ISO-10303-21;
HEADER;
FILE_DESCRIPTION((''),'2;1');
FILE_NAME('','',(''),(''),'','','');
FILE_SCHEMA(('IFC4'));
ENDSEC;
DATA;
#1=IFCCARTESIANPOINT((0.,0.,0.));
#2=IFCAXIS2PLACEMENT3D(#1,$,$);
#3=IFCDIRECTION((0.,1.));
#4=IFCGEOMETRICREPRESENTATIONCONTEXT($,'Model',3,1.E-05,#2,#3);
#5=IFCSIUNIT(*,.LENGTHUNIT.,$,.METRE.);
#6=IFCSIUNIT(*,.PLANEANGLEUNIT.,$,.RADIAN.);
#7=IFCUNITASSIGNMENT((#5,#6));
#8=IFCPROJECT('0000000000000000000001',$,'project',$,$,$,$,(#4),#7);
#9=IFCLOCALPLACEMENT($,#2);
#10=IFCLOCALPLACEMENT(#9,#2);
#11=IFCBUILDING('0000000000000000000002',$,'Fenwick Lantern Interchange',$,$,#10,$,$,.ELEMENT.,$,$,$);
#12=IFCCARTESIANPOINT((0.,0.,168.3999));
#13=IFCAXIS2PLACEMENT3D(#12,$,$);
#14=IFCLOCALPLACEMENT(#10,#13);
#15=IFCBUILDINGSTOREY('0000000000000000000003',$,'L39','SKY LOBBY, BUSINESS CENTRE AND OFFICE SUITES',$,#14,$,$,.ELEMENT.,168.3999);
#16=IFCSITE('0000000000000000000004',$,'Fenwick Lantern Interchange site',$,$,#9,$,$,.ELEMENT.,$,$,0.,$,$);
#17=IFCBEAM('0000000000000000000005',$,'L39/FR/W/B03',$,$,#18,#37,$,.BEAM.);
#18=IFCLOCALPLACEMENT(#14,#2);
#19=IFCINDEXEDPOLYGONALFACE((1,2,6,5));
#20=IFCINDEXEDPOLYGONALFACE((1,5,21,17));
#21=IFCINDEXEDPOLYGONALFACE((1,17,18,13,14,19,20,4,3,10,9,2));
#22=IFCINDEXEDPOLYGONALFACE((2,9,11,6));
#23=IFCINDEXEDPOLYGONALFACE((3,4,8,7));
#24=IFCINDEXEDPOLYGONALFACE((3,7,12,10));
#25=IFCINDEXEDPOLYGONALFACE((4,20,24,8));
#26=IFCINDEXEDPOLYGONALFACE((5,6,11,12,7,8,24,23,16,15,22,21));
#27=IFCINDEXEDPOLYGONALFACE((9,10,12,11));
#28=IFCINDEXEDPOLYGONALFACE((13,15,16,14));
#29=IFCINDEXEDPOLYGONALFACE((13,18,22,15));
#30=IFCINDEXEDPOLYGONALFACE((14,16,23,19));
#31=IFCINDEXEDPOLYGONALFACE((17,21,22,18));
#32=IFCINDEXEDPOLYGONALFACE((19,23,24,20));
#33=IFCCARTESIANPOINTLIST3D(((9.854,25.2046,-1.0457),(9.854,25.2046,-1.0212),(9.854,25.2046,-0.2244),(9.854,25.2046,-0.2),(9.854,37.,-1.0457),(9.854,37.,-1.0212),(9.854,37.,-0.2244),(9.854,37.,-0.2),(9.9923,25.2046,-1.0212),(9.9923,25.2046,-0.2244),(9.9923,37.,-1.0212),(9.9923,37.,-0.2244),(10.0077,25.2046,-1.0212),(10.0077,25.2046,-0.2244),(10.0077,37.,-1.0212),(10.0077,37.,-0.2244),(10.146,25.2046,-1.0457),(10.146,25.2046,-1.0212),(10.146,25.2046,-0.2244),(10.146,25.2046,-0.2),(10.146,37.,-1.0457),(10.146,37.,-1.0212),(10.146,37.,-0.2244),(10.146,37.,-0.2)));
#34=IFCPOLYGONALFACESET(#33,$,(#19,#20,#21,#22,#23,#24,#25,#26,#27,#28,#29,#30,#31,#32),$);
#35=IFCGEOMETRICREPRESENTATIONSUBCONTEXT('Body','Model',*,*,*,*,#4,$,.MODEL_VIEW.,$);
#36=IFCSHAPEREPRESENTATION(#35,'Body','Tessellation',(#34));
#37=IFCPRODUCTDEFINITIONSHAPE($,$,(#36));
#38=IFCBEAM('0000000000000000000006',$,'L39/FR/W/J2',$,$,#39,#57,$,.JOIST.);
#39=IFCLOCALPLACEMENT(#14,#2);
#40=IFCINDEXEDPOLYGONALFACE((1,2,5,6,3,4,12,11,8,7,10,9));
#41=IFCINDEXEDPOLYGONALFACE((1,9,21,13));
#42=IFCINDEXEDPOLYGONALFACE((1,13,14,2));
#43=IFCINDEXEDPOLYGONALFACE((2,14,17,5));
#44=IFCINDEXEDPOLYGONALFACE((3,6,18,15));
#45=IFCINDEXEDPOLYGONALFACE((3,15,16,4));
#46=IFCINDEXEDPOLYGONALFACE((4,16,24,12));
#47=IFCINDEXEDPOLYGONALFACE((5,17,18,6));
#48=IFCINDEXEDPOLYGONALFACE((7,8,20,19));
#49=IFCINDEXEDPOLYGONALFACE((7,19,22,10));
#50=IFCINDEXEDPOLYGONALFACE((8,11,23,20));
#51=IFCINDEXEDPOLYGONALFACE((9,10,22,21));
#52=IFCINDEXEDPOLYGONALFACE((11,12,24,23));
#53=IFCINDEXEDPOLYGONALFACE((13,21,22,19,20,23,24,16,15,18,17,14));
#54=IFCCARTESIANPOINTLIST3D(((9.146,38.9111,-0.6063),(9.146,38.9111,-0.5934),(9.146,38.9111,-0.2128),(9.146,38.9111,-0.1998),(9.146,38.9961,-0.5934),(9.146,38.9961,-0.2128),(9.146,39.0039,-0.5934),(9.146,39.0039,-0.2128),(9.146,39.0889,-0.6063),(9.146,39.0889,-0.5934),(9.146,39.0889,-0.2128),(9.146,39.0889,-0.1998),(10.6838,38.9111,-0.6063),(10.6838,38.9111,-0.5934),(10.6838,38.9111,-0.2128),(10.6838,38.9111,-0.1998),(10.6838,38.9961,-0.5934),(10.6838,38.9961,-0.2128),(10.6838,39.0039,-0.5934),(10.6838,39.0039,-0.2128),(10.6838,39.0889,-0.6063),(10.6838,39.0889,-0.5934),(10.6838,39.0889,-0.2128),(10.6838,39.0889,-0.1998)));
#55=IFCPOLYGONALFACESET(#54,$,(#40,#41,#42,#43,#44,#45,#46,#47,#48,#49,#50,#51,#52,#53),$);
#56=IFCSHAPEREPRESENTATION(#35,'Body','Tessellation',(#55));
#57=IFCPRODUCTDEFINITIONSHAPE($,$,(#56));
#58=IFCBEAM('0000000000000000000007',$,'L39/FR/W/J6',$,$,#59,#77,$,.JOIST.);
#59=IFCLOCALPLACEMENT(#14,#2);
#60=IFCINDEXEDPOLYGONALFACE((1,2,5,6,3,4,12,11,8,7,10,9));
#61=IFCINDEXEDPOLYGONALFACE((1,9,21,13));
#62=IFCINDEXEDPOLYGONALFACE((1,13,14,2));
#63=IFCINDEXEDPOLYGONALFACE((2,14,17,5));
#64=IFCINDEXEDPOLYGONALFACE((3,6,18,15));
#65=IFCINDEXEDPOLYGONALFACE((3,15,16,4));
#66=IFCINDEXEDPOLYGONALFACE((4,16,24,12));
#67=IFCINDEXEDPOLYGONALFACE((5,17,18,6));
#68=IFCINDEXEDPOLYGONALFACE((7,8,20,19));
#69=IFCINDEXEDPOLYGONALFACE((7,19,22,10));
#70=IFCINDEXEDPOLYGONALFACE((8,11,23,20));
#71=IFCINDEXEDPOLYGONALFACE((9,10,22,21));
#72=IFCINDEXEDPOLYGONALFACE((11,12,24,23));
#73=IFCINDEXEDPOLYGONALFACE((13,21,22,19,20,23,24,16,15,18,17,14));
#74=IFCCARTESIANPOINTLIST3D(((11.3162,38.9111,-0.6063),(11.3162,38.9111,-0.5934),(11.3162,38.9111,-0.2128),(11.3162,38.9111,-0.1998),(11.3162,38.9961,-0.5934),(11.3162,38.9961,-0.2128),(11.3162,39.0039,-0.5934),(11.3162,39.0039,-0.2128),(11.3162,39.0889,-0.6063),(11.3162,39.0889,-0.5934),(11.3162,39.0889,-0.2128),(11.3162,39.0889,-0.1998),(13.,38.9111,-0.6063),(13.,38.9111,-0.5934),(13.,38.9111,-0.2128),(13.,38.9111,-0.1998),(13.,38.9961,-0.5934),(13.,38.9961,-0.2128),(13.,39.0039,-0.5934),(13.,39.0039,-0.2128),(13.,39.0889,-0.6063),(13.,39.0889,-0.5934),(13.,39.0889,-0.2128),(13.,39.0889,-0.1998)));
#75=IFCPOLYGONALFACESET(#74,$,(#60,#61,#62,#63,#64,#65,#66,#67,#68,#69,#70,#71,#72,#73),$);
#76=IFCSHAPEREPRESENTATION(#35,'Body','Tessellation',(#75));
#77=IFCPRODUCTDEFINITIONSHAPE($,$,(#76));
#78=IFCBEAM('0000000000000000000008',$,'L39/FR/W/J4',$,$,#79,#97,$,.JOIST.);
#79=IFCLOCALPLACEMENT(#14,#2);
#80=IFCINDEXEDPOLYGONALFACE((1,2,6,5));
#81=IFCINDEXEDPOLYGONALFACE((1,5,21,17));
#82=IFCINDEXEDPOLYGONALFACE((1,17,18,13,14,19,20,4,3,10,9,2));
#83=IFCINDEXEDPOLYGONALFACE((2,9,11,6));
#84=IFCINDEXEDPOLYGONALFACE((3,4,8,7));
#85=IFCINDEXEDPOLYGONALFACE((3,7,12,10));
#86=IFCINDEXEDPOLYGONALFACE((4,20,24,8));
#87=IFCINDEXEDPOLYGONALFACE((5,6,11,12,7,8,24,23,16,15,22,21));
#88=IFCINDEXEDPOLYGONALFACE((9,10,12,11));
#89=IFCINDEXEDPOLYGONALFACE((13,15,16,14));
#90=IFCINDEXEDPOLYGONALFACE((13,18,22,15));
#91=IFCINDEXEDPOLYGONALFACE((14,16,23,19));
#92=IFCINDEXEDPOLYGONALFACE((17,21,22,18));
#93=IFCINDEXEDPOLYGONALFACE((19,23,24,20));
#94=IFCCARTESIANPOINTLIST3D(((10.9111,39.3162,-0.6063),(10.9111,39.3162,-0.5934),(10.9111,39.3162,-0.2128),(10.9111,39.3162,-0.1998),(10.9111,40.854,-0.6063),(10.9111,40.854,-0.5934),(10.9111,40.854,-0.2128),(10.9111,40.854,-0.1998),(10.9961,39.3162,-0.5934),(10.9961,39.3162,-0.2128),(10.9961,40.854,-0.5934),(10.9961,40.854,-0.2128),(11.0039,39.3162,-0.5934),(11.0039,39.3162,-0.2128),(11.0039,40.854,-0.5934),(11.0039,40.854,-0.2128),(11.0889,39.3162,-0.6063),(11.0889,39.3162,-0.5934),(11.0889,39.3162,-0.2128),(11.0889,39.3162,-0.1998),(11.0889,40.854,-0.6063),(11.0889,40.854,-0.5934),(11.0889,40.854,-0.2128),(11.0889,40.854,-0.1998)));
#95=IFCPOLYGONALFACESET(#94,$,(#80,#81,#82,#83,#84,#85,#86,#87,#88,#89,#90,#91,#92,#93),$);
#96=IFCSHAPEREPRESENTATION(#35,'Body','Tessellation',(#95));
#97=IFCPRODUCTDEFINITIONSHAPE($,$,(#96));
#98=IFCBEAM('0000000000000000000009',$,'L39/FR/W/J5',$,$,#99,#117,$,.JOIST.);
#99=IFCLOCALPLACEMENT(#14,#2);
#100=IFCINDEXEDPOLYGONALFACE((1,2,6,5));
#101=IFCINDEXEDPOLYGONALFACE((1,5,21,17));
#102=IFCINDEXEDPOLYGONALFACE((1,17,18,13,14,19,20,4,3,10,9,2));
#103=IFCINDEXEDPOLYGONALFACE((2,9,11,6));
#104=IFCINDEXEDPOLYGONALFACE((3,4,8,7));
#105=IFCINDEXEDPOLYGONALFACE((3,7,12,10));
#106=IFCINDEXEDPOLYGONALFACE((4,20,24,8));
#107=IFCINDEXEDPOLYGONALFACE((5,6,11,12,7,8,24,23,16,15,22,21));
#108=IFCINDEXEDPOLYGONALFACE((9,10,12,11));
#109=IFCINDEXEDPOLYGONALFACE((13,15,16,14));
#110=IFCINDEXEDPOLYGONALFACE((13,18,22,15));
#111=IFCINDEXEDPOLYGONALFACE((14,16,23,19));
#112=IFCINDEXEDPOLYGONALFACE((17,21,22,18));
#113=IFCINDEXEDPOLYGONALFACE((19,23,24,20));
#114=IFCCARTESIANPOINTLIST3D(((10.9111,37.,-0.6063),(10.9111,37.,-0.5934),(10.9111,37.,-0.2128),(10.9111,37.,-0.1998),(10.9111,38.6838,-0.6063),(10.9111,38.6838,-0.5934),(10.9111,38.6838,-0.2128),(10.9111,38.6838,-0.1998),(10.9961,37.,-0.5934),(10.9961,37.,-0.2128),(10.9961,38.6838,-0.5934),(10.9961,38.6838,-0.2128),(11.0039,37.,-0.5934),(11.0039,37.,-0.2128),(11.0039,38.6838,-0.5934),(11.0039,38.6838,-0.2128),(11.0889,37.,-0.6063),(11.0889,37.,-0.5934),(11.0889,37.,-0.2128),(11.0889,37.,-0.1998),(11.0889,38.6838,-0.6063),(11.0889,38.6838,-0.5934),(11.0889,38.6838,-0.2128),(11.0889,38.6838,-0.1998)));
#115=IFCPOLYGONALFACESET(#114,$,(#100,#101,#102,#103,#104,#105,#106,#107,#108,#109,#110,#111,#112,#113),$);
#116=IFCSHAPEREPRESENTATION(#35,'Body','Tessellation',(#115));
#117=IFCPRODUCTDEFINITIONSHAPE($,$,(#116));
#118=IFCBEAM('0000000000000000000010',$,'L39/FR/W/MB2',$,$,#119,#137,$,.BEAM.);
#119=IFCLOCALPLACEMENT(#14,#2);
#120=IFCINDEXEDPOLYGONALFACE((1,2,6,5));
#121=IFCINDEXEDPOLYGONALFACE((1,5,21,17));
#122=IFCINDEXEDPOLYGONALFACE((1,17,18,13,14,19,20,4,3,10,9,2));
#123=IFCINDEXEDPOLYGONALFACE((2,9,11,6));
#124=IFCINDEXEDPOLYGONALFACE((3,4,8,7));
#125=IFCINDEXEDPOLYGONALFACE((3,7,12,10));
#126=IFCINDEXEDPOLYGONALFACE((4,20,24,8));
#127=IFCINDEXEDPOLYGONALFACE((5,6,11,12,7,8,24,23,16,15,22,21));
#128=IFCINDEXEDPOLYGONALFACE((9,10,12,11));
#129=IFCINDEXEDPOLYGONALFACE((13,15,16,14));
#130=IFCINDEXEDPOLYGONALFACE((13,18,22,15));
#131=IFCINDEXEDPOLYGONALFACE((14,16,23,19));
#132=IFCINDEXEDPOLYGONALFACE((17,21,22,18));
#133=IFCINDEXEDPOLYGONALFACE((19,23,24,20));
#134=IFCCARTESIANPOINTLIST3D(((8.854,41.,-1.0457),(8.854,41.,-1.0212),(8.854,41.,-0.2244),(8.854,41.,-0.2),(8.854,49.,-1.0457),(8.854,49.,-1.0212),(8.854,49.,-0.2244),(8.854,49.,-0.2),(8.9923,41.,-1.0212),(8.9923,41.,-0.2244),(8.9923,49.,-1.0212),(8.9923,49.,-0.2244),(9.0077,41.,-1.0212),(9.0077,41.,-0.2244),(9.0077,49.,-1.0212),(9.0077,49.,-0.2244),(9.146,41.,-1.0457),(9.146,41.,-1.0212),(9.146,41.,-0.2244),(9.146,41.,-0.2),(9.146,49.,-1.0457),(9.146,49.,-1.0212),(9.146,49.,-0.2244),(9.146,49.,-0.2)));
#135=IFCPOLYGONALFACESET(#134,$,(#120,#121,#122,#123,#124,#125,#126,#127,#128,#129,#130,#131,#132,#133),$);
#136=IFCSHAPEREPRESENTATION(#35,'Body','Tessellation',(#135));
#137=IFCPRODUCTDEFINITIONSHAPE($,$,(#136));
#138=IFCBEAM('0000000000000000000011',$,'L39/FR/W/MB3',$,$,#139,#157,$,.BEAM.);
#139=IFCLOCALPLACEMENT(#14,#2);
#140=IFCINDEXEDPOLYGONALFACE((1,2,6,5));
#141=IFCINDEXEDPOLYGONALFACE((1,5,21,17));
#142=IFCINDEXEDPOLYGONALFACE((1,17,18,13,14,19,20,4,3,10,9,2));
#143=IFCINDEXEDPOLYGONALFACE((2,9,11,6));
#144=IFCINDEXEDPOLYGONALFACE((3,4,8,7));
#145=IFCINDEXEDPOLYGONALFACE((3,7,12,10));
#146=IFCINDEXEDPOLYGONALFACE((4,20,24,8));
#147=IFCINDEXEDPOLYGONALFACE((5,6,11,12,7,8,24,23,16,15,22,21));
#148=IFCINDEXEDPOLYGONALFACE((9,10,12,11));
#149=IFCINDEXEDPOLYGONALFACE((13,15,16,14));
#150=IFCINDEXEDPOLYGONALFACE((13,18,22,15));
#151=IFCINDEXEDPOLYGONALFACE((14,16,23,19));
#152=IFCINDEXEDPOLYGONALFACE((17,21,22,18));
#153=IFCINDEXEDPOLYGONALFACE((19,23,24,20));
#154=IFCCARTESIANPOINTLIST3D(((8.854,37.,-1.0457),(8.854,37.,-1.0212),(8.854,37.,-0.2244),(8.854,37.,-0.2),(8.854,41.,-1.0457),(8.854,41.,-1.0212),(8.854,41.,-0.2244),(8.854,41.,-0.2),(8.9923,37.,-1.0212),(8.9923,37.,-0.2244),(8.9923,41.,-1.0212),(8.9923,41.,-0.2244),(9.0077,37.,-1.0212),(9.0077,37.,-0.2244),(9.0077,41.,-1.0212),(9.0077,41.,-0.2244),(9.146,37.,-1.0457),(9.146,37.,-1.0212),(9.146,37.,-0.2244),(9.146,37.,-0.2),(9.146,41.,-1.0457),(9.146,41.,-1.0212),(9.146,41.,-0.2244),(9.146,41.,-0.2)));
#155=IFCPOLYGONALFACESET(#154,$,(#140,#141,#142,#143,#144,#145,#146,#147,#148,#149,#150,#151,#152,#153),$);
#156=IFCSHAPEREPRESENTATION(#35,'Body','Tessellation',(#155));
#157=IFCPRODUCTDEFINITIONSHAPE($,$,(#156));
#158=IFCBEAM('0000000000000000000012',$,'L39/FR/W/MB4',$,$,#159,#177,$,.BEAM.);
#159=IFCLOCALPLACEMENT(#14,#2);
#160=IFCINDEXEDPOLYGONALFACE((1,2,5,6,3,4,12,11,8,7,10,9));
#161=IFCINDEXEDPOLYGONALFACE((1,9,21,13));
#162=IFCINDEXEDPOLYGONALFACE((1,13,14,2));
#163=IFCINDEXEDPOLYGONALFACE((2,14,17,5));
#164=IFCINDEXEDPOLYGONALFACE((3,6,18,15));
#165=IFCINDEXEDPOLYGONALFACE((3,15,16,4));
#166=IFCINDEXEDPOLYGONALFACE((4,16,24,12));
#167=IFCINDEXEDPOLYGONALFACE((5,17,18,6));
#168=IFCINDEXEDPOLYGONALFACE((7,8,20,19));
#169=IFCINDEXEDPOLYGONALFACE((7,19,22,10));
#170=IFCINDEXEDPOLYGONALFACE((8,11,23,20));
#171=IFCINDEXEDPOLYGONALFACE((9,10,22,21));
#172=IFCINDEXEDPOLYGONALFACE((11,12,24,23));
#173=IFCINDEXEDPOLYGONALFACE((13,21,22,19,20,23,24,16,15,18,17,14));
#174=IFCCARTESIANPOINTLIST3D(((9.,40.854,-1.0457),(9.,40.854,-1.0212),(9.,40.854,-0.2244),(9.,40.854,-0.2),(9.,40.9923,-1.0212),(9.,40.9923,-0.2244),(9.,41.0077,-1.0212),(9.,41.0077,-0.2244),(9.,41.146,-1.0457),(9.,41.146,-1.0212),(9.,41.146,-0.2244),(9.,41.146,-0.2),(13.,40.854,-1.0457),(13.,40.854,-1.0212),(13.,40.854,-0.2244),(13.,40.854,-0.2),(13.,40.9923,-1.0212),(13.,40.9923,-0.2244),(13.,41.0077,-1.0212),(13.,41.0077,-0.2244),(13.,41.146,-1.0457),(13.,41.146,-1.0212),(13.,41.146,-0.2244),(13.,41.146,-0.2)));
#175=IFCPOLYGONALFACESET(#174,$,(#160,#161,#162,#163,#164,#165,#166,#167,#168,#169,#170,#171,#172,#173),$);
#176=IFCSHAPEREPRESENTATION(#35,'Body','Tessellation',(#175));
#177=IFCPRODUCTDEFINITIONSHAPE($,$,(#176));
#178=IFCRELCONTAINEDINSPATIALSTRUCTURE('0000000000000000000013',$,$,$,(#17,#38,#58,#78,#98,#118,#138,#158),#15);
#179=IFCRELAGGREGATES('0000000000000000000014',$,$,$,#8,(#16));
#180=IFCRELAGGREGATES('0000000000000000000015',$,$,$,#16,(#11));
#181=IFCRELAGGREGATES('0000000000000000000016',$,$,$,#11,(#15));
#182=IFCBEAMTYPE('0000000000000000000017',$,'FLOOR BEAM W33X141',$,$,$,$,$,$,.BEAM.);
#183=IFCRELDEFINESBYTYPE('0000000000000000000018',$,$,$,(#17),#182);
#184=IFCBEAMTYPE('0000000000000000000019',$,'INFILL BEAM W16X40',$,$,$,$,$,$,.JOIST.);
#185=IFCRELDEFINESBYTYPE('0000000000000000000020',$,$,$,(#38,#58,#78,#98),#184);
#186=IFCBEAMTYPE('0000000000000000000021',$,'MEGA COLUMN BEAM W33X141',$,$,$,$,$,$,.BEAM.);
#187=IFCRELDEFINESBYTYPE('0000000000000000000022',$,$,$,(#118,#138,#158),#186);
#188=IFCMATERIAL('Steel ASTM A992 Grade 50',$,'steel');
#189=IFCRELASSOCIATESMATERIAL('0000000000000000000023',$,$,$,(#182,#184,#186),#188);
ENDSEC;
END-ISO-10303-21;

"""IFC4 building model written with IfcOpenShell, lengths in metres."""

from ifc_helpers import new_model, si_unit, direction, frame, origin, origin_2d, place, context, subcontext, project, spatial, i_section, extrude, material, material_profile, profile_set, type_object, element, save


model = new_model("IFC4")

# Units and contexts
model_context = context("Model", 3, precision=1e-05, world=origin(), true_north=direction((0.0, 1.0)))
body_context = subcontext(model_context, "Body", "Model", "MODEL_VIEW")
ifc_project = project(units=[si_unit("LENGTHUNIT", "METRE"), si_unit("PLANEANGLEUNIT", "RADIAN")], contexts=[model_context])

# Site, building, storey
site_placement = place(None, origin())
site = spatial("IfcSite", under=ifc_project, at=site_placement, Name="Fenwick Lantern Interchange site", CompositionType="ELEMENT", RefElevation=0.0)
building_placement = place(site_placement, origin())
building = spatial("IfcBuilding", under=site, at=building_placement, Name="Fenwick Lantern Interchange", CompositionType="ELEMENT")
storey_placement = place(building_placement, frame((0.0, 0.0, 168.3999)))
storey = spatial("IfcBuildingStorey", under=building, at=storey_placement, Name="L39", Description="SKY LOBBY, BUSINESS CENTRE AND OFFICE SUITES", CompositionType="ELEMENT", Elevation=168.3999)

# Beams
ifc_material_1 = material(Name="Steel ASTM A992 Grade 50", Category="steel")
ifc_material_profile_1 = material_profile(ifc_material_1, i_section(OverallWidth=0.292, OverallDepth=0.8457, WebThickness=0.0154, FlangeThickness=0.0244, at=origin_2d()), Name="W33X141")
ifc_profile_set_1 = profile_set([ifc_material_profile_1], Name="Steel ASTM A992 Grade 50")
beam_type_1 = type_object("IfcBeamType", Name="FLOOR BEAM W33X141", PredefinedType="BEAM", material=ifc_profile_set_1)
beam_1_placement = place(storey_placement, frame((10.0, 37.0, -0.6228), z_axis=(0.0, -1.0, 0.0), x_axis=(1.0, 0.0, 0.0)))
element("IfcBeam", 1, at=beam_1_placement, inside=storey, type_object=beam_type_1, Name="L39/FR/W/B03", PredefinedType="BEAM", context=body_context, shape_type="SweptSolid", body=[
    extrude(i_section(OverallWidth=0.292, OverallDepth=0.8457, WebThickness=0.0154, FlangeThickness=0.0244, at=origin_2d()), origin(), (0.0, 0.0, 1.0), 11.7954),
])
ifc_material_profile_2 = material_profile(ifc_material_1, i_section(OverallWidth=0.1777, OverallDepth=0.4065, WebThickness=0.0078, FlangeThickness=0.0129, at=origin_2d()), Name="W16X40")
ifc_profile_set_2 = profile_set([ifc_material_profile_2], Name="Steel ASTM A992 Grade 50")
beam_type_2 = type_object("IfcBeamType", Name="INFILL BEAM W16X40", PredefinedType="JOIST", material=ifc_profile_set_2)
beam_2_placement = place(storey_placement, frame((9.146, 39.0, -0.4031), z_axis=(1.0, 0.0, 0.0), x_axis=(0.0, 1.0, 0.0)))
element("IfcBeam", 2, at=beam_2_placement, inside=storey, type_object=beam_type_2, Name="L39/FR/W/J2", PredefinedType="JOIST", context=body_context, shape_type="SweptSolid", body=[
    extrude(i_section(OverallWidth=0.1777, OverallDepth=0.4065, WebThickness=0.0078, FlangeThickness=0.0129, at=origin_2d()), origin(), (0.0, 0.0, 1.0), 1.5378),
])
beam_3_placement = place(storey_placement, frame((11.3162, 39.0, -0.4031), z_axis=(1.0, 0.0, 0.0), x_axis=(0.0, 1.0, 0.0)))
element("IfcBeam", 3, at=beam_3_placement, inside=storey, type_object=beam_type_2, Name="L39/FR/W/J6", PredefinedType="JOIST", context=body_context, shape_type="SweptSolid", body=[
    extrude(i_section(OverallWidth=0.1777, OverallDepth=0.4065, WebThickness=0.0078, FlangeThickness=0.0129, at=origin_2d()), origin(), (0.0, 0.0, 1.0), 1.6838),
])
beam_4_placement = place(storey_placement, frame((11.0, 40.854, -0.4031), z_axis=(0.0, -1.0, 0.0), x_axis=(1.0, 0.0, 0.0)))
element("IfcBeam", 4, at=beam_4_placement, inside=storey, type_object=beam_type_2, Name="L39/FR/W/J4", PredefinedType="JOIST", context=body_context, shape_type="SweptSolid", body=[
    extrude(i_section(OverallWidth=0.1777, OverallDepth=0.4065, WebThickness=0.0078, FlangeThickness=0.0129, at=origin_2d()), origin(), (0.0, 0.0, 1.0), 1.5378),
])
beam_5_placement = place(storey_placement, frame((11.0, 38.6838, -0.4031), z_axis=(0.0, -1.0, 0.0), x_axis=(1.0, 0.0, 0.0)))
element("IfcBeam", 5, at=beam_5_placement, inside=storey, type_object=beam_type_2, Name="L39/FR/W/J5", PredefinedType="JOIST", context=body_context, shape_type="SweptSolid", body=[
    extrude(i_section(OverallWidth=0.1777, OverallDepth=0.4065, WebThickness=0.0078, FlangeThickness=0.0129, at=origin_2d()), origin(), (0.0, 0.0, 1.0), 1.6838),
])
ifc_material_profile_3 = material_profile(ifc_material_1, i_section(OverallWidth=0.292, OverallDepth=0.8457, WebThickness=0.0154, FlangeThickness=0.0244, at=origin_2d()), Name="W33X141")
ifc_profile_set_3 = profile_set([ifc_material_profile_3], Name="Steel ASTM A992 Grade 50")
beam_type_3 = type_object("IfcBeamType", Name="MEGA COLUMN BEAM W33X141", PredefinedType="BEAM", material=ifc_profile_set_3)
beam_6_placement = place(storey_placement, frame((9.0, 41.0, -0.6228), z_axis=(0.0, 1.0, 0.0), x_axis=(-1.0, 0.0, 0.0)))
element("IfcBeam", 6, at=beam_6_placement, inside=storey, type_object=beam_type_3, Name="L39/FR/W/MB2", PredefinedType="BEAM", context=body_context, shape_type="SweptSolid", body=[
    extrude(i_section(OverallWidth=0.292, OverallDepth=0.8457, WebThickness=0.0154, FlangeThickness=0.0244, at=origin_2d()), origin(), (0.0, 0.0, 1.0), 8.0),
])
for number, where, z_axis, x_axis, name in (
    (7, (9.0, 41.0, -0.6228), (0.0, -1.0, 0.0), (1.0, 0.0, 0.0), "L39/FR/W/MB3"),
    (8, (9.0, 41.0, -0.6228), (1.0, 0.0, 0.0), (0.0, 1.0, 0.0), "L39/FR/W/MB4"),
):
    element("IfcBeam", number, at=place(storey_placement, frame(where, z_axis=z_axis, x_axis=x_axis)), inside=storey, type_object=beam_type_3, Name=name, PredefinedType="BEAM", context=body_context, shape_type="SweptSolid", body=[
        extrude(i_section(OverallWidth=0.292, OverallDepth=0.8457, WebThickness=0.0154, FlangeThickness=0.0244, at=origin_2d()), origin(), (0.0, 0.0, 1.0), 4.0),
    ])

save(model, "model.ifc")
